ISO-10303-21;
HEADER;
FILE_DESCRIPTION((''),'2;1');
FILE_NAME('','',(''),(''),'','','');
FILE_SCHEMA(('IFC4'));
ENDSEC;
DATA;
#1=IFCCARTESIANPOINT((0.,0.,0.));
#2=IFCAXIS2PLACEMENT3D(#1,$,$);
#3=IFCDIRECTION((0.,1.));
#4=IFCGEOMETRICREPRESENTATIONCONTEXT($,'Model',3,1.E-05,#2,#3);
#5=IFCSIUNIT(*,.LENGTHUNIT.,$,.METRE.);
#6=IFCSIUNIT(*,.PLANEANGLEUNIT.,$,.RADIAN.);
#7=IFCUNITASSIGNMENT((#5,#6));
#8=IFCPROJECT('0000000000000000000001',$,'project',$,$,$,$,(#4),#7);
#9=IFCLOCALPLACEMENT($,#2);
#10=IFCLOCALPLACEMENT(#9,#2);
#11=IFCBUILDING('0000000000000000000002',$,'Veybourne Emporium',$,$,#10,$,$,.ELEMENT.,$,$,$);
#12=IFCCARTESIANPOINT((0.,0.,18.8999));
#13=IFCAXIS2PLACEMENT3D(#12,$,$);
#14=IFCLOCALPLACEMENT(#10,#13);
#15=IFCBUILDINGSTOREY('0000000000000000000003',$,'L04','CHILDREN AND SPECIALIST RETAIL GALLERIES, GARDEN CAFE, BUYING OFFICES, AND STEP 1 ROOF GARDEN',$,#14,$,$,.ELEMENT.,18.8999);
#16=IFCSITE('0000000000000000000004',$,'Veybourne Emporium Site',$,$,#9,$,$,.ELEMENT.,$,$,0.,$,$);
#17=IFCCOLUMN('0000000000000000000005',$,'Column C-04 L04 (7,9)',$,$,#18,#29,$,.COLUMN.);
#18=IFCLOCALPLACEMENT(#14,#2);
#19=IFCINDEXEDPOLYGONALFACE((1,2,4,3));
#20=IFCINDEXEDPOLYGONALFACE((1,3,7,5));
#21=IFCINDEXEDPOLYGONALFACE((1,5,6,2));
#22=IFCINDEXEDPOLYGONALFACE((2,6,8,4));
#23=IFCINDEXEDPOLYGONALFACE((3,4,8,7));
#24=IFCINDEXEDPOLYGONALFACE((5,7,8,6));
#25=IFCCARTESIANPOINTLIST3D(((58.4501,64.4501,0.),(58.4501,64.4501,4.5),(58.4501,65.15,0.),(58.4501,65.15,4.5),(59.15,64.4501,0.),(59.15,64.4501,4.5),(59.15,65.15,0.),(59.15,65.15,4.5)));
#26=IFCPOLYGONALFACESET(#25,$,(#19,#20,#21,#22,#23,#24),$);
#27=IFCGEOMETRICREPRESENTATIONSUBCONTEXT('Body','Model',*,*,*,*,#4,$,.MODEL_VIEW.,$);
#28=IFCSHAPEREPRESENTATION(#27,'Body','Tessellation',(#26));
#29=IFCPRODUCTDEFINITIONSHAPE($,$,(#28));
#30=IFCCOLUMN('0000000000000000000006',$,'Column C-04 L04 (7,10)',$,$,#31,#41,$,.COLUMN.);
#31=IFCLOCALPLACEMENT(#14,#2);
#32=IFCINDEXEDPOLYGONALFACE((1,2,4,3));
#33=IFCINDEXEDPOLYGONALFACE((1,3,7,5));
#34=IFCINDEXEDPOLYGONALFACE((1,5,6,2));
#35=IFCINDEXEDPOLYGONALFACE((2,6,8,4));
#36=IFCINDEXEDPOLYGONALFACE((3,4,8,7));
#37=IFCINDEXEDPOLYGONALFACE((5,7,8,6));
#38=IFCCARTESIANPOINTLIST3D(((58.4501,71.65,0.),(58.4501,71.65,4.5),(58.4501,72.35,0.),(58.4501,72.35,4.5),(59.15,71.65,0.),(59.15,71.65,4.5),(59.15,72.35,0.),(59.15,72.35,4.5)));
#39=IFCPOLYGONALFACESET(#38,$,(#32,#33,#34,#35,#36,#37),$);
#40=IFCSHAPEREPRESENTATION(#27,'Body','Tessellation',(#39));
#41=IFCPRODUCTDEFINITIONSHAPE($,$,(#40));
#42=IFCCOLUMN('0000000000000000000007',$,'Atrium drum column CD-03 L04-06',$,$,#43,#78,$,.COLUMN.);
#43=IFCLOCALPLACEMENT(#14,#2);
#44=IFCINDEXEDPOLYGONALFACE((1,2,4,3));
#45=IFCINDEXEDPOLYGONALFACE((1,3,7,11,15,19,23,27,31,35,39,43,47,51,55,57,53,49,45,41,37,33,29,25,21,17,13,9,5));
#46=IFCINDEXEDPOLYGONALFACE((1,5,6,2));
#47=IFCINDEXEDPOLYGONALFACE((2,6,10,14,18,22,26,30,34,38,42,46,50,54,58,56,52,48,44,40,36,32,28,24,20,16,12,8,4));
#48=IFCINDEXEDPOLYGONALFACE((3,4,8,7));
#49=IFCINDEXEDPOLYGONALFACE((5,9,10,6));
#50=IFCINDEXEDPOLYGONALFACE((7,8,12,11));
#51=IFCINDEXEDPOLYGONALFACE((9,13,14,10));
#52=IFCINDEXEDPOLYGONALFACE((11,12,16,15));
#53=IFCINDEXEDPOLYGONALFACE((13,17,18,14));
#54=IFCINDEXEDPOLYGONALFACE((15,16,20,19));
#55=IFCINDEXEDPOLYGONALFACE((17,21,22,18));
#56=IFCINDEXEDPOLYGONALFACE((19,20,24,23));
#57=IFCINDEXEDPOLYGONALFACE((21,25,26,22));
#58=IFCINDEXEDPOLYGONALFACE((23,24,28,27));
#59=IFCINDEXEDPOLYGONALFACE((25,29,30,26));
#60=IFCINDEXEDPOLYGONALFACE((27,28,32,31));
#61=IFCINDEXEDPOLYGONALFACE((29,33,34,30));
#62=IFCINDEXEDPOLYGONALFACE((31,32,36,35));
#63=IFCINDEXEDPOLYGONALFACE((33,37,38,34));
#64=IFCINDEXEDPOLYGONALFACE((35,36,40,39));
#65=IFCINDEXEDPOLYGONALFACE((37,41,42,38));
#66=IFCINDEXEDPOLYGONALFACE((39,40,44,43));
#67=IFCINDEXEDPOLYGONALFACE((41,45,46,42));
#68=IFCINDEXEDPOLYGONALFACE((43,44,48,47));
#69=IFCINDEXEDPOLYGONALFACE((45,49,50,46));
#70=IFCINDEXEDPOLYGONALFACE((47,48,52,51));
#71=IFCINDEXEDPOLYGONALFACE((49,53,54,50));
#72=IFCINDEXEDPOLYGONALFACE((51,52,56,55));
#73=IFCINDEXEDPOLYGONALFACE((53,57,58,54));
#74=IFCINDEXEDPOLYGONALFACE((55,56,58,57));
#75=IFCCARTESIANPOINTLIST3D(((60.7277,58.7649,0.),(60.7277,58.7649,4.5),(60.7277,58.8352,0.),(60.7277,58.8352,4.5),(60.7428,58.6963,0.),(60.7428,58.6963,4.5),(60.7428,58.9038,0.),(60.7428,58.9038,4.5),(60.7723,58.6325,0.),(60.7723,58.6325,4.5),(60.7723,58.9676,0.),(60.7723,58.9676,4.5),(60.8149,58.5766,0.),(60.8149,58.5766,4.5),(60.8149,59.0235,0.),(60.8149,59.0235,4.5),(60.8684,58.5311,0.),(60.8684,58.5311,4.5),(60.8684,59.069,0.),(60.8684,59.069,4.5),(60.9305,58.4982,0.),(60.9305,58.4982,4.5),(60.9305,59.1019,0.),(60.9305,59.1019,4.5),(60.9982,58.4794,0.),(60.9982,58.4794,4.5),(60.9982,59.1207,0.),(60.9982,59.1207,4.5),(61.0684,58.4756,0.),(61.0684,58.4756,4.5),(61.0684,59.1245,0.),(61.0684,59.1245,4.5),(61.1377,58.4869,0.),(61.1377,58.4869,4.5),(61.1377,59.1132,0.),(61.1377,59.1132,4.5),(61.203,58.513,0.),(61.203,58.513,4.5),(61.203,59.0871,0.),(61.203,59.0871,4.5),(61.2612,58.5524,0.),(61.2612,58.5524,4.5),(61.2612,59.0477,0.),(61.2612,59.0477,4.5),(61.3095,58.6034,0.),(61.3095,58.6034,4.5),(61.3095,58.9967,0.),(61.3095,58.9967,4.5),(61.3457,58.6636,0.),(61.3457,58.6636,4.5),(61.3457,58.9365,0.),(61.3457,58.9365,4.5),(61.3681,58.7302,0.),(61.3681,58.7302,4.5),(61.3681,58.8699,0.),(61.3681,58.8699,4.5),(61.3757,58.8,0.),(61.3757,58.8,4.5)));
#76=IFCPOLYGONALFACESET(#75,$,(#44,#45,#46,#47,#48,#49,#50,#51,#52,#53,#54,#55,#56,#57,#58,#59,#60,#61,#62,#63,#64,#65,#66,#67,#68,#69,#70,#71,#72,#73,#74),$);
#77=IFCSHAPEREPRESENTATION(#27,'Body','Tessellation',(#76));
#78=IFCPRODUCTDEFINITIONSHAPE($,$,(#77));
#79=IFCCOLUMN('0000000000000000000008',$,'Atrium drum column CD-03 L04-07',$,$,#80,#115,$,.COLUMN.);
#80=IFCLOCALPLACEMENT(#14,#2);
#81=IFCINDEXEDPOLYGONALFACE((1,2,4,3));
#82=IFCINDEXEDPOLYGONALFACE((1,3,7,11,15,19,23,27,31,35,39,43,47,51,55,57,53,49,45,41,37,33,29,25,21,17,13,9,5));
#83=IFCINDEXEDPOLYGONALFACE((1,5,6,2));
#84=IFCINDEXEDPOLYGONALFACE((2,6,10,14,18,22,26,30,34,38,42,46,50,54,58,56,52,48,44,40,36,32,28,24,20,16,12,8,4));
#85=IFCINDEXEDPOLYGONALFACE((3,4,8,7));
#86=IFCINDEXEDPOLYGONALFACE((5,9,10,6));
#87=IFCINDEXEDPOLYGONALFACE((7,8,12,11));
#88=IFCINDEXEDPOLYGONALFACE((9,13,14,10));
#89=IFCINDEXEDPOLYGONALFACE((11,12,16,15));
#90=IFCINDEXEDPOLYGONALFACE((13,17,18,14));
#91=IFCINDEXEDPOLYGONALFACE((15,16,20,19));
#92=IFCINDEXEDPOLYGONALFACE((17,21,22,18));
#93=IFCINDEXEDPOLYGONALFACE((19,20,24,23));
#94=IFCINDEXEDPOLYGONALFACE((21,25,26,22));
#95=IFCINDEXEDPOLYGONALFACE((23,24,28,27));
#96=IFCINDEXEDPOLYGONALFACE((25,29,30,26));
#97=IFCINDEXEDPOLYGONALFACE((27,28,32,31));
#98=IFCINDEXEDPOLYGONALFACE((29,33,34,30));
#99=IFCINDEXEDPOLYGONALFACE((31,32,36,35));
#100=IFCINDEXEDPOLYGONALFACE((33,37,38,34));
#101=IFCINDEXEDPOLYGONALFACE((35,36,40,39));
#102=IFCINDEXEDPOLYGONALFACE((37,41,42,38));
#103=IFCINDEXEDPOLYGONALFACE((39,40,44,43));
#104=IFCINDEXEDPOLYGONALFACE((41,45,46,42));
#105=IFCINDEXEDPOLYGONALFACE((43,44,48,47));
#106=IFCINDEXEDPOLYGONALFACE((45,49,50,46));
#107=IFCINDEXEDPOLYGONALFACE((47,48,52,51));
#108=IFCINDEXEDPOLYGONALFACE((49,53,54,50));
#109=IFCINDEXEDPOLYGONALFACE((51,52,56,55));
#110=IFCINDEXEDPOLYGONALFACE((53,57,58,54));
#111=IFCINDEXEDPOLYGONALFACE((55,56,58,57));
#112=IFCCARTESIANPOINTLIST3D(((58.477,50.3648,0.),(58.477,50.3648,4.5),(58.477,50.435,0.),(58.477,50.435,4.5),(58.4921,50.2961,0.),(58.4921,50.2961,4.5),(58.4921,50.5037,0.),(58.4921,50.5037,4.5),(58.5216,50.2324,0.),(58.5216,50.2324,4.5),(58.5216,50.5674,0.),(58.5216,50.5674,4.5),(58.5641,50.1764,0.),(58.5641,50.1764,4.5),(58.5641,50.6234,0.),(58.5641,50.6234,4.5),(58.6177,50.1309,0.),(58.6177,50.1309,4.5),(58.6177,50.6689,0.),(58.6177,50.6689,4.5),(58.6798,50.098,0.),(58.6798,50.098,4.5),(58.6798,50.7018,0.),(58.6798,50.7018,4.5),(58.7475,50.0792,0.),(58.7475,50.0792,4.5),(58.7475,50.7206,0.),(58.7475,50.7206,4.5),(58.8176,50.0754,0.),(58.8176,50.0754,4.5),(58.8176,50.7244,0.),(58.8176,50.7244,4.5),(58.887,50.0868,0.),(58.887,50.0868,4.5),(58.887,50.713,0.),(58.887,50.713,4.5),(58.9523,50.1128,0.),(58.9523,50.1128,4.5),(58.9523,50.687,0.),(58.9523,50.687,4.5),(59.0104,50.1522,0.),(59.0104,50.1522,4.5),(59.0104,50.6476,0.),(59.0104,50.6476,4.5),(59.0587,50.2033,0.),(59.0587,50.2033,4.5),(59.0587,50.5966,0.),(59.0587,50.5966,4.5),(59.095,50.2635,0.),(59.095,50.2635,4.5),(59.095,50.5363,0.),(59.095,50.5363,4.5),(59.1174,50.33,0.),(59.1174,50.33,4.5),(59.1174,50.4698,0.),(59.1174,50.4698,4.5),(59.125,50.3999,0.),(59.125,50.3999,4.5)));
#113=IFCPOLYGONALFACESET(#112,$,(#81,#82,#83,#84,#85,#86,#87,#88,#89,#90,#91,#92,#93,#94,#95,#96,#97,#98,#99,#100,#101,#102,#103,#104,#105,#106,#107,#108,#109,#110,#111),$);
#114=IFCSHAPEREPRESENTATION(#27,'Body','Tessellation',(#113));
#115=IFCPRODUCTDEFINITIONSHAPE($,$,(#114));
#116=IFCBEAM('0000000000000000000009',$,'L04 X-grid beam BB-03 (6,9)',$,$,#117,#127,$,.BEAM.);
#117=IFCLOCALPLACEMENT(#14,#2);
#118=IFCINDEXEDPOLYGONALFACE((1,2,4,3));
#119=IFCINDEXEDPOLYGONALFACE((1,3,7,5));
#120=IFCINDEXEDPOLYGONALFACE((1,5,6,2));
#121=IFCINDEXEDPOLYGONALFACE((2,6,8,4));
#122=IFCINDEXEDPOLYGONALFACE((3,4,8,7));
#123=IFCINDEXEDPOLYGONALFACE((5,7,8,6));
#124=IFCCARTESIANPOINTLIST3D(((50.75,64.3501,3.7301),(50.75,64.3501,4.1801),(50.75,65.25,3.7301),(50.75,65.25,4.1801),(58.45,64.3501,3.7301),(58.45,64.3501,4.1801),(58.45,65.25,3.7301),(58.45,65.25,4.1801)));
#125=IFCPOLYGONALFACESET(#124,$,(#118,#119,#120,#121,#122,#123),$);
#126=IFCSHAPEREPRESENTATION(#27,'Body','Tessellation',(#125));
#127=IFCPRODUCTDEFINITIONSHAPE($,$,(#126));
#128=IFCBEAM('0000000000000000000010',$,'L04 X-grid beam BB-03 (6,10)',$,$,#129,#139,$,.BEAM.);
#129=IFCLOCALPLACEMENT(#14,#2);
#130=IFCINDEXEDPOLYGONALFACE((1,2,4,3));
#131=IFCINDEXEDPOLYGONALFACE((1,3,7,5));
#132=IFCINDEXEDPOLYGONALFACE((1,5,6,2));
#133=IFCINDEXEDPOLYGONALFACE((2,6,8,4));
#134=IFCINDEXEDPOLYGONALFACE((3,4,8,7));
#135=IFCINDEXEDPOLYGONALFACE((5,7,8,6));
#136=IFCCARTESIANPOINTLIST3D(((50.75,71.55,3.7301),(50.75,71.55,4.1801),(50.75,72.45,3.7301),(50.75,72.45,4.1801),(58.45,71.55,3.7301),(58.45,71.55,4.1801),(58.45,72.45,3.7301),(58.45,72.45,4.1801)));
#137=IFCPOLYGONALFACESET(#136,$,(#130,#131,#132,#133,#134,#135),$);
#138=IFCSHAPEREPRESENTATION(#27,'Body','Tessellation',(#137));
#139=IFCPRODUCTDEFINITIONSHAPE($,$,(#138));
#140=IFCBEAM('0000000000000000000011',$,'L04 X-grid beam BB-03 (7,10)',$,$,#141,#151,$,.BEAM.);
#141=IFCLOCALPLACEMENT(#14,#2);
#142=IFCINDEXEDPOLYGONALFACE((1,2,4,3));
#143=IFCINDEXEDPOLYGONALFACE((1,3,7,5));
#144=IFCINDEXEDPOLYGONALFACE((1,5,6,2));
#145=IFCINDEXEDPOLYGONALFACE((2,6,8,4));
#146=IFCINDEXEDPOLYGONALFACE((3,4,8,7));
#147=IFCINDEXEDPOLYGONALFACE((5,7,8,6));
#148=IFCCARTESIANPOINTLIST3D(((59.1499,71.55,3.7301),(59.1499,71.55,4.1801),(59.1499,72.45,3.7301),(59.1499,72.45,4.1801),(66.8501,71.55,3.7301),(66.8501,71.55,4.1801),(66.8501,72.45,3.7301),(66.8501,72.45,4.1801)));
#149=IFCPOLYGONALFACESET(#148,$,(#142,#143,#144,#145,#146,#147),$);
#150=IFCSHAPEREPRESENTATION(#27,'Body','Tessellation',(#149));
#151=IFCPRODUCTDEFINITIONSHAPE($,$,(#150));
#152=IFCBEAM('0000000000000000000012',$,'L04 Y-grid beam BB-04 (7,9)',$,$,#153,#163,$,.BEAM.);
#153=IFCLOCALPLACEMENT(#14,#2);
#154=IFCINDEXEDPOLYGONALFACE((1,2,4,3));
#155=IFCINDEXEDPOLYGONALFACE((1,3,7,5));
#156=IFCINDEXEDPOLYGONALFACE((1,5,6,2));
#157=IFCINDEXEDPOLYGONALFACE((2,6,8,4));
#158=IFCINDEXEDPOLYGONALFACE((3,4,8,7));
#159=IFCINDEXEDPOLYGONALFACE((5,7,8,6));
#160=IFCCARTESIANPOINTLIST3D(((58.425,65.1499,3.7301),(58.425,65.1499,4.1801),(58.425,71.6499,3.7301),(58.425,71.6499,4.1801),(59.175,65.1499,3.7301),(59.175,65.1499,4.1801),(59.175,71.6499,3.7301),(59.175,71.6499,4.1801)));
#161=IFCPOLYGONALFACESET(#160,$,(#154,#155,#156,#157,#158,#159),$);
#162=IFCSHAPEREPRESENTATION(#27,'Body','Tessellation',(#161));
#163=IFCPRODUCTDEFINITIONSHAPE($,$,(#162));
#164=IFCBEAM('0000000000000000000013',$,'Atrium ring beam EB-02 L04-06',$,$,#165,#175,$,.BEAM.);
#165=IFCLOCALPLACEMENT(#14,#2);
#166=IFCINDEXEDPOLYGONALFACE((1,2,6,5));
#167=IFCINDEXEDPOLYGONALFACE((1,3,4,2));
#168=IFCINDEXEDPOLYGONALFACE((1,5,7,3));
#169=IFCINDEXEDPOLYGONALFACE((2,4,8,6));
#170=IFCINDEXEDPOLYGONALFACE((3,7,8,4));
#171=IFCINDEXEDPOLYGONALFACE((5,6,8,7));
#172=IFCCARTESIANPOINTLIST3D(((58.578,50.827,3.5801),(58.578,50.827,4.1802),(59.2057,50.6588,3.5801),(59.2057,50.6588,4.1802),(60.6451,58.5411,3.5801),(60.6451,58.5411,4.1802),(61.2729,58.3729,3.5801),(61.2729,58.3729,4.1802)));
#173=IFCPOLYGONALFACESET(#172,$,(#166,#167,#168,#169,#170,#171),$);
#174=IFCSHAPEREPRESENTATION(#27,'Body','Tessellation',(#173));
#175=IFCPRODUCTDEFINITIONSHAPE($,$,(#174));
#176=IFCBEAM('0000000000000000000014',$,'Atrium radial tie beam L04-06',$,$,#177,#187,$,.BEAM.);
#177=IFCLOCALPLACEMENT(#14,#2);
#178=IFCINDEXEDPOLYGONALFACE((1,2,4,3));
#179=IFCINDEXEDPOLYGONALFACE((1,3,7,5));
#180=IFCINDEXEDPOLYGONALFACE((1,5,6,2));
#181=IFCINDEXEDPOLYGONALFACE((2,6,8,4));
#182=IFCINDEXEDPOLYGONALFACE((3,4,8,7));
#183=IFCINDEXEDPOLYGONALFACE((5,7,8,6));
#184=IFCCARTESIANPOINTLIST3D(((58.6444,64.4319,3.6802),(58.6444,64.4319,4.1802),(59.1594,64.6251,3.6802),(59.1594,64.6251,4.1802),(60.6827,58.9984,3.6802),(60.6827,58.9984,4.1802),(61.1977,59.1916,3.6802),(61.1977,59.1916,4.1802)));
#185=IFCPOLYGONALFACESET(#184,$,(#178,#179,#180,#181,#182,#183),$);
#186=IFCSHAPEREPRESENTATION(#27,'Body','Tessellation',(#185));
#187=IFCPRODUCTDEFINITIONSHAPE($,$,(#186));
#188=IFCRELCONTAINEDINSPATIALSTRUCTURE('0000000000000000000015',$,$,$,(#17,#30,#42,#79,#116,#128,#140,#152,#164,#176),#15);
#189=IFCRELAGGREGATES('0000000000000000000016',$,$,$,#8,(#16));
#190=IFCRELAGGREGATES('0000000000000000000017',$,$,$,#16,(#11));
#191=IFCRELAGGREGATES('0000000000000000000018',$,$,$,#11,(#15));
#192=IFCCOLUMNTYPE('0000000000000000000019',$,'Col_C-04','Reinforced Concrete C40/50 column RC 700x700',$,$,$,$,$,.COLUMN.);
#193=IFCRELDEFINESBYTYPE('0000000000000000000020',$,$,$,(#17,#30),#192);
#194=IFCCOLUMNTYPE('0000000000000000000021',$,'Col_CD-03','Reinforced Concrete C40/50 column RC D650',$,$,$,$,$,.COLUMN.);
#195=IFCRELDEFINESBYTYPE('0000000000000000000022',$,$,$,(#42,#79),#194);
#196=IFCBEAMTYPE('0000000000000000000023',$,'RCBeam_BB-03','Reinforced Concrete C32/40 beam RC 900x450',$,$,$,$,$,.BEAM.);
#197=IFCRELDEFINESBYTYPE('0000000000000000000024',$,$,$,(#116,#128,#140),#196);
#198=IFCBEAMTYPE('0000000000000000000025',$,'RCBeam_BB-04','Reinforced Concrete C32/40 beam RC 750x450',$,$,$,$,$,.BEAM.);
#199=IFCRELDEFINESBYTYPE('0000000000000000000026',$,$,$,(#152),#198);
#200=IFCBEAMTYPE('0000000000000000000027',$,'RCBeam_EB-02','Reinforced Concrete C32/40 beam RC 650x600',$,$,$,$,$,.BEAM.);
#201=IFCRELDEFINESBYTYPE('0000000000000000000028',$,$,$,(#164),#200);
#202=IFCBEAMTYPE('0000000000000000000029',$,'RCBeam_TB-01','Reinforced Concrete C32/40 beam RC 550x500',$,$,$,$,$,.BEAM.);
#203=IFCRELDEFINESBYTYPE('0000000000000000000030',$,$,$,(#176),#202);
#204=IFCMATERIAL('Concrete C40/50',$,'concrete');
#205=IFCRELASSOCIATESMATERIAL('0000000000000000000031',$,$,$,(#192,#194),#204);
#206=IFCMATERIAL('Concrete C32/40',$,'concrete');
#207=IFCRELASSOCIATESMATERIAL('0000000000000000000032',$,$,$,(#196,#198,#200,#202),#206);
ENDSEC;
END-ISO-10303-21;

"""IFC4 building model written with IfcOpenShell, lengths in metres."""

from ifc_helpers import new_model, si_unit, direction, frame, origin, origin_2d, place, context, subcontext, project, spatial, rectangle, circle, extrude, material, material_profile, profile_set, type_object, element, save


model = new_model("IFC4")

# Units and contexts
model_context = context("Model", 3, precision=1e-05, world=origin(), true_north=direction((0.0, 1.0)))
body_context = subcontext(model_context, "Body", "Model", "MODEL_VIEW")
ifc_project = project(units=[si_unit("LENGTHUNIT", "METRE"), si_unit("PLANEANGLEUNIT", "RADIAN")], contexts=[model_context])

# Site, building, storey
site_placement = place(None, origin())
site = spatial("IfcSite", under=ifc_project, at=site_placement, Name="Veybourne Emporium Site", CompositionType="ELEMENT", RefElevation=0.0)
building_placement = place(site_placement, origin())
building = spatial("IfcBuilding", under=site, at=building_placement, Name="Veybourne Emporium", CompositionType="ELEMENT")
storey_placement = place(building_placement, frame((0.0, 0.0, 18.8999)))
storey = spatial("IfcBuildingStorey", under=building, at=storey_placement, Name="L04", Description="CHILDREN AND SPECIALIST RETAIL GALLERIES, GARDEN CAFE, BUYING OFFICES, AND STEP 1 ROOF GARDEN", CompositionType="ELEMENT", Elevation=18.8999)

# Columns
ifc_material_1 = material(Name="Concrete C40/50", Category="concrete")
ifc_material_profile_1 = material_profile(ifc_material_1, rectangle(XDim=0.7, YDim=0.7, at=origin_2d()), Name="RC 700x700")
ifc_profile_set_1 = profile_set([ifc_material_profile_1], Name="Concrete C40/50")
column_type_1 = type_object("IfcColumnType", Name="Col_C-04", Description="Reinforced Concrete C40/50 column RC 700x700", PredefinedType="COLUMN", material=ifc_profile_set_1)
for number, where, z_axis, x_axis, name in (
    (1, (58.8, 64.8, 0.0), (0.0, 0.0, 1.0), (1.0, 0.0, 0.0), "Column C-04 L04 (7,9)"),
    (2, (58.8, 72.0, 0.0), (0.0, 0.0, 1.0), (1.0, 0.0, 0.0), "Column C-04 L04 (7,10)"),
):
    element("IfcColumn", number, at=place(storey_placement, frame(where, z_axis=z_axis, x_axis=x_axis)), inside=storey, type_object=column_type_1, Name=name, PredefinedType="COLUMN", context=body_context, shape_type="SweptSolid", body=[
        extrude(rectangle(XDim=0.7, YDim=0.7, at=origin_2d()), origin(), (0.0, 0.0, 1.0), 4.5),
    ])
ifc_material_profile_2 = material_profile(ifc_material_1, circle(Radius=0.325, at=origin_2d()), Name="RC D650")
ifc_profile_set_2 = profile_set([ifc_material_profile_2], Name="Concrete C40/50")
column_type_2 = type_object("IfcColumnType", Name="Col_CD-03", Description="Reinforced Concrete C40/50 column RC D650", PredefinedType="COLUMN", material=ifc_profile_set_2)
for number, where, z_axis, x_axis, name in (
    (3, (61.0508, 58.8, 0.0), (0.0, 0.0, 1.0), (1.0, 0.0, 0.0), "Atrium drum column CD-03 L04-06"),
    (4, (58.8, 50.3999, 0.0), (0.0, 0.0, 1.0), (1.0, 0.0, 0.0), "Atrium drum column CD-03 L04-07"),
):
    element("IfcColumn", number, at=place(storey_placement, frame(where, z_axis=z_axis, x_axis=x_axis)), inside=storey, type_object=column_type_2, Name=name, PredefinedType="COLUMN", context=body_context, shape_type="SweptSolid", body=[
        extrude(circle(Radius=0.325, at=origin_2d()), origin(), (0.0, 0.0, 1.0), 4.5),
    ])

# Beams
ifc_material_2 = material(Name="Concrete C32/40", Category="concrete")
ifc_material_profile_3 = material_profile(ifc_material_2, rectangle(XDim=0.8999, YDim=0.45, at=origin_2d()), Name="RC 900x450")
ifc_profile_set_3 = profile_set([ifc_material_profile_3], Name="Concrete C32/40")
beam_type_1 = type_object("IfcBeamType", Name="RCBeam_BB-03", Description="Reinforced Concrete C32/40 beam RC 900x450", PredefinedType="BEAM", material=ifc_profile_set_3)
for number, where, z_axis, x_axis, name in (
    (5, (50.75, 64.8, 3.9551), (1.0, 0.0, 0.0), (0.0, 1.0, 0.0), "L04 X-grid beam BB-03 (6,9)"),
    (6, (50.75, 72.0, 3.9551), (1.0, 0.0, 0.0), (0.0, 1.0, 0.0), "L04 X-grid beam BB-03 (6,10)"),
):
    element("IfcBeam", number, at=place(storey_placement, frame(where, z_axis=z_axis, x_axis=x_axis)), inside=storey, type_object=beam_type_1, Name=name, PredefinedType="BEAM", context=body_context, shape_type="SweptSolid", body=[
        extrude(rectangle(XDim=0.8999, YDim=0.45, at=origin_2d()), origin(), (0.0, 0.0, 1.0), 7.7),
    ])
beam_1_placement = place(storey_placement, frame((59.1499, 72.0, 3.9551), z_axis=(1.0, 0.0, 0.0), x_axis=(0.0, 1.0, 0.0)))
element("IfcBeam", 7, at=beam_1_placement, inside=storey, type_object=beam_type_1, Name="L04 X-grid beam BB-03 (7,10)", PredefinedType="BEAM", context=body_context, shape_type="SweptSolid", body=[
    extrude(rectangle(XDim=0.8999, YDim=0.45, at=origin_2d()), origin(), (0.0, 0.0, 1.0), 7.7002),
])
ifc_material_profile_4 = material_profile(ifc_material_2, rectangle(XDim=0.75, YDim=0.45, at=origin_2d()), Name="RC 750x450")
ifc_profile_set_4 = profile_set([ifc_material_profile_4], Name="Concrete C32/40")
beam_type_2 = type_object("IfcBeamType", Name="RCBeam_BB-04", Description="Reinforced Concrete C32/40 beam RC 750x450", PredefinedType="BEAM", material=ifc_profile_set_4)
beam_2_placement = place(storey_placement, frame((58.8, 65.1499, 3.9551), z_axis=(0.0, 1.0, 0.0), x_axis=(-1.0, 0.0, 0.0)))
element("IfcBeam", 8, at=beam_2_placement, inside=storey, type_object=beam_type_2, Name="L04 Y-grid beam BB-04 (7,9)", PredefinedType="BEAM", context=body_context, shape_type="SweptSolid", body=[
    extrude(rectangle(XDim=0.75, YDim=0.45, at=origin_2d()), origin(), (0.0, 0.0, 1.0), 6.5),
])
ifc_material_profile_5 = material_profile(ifc_material_2, rectangle(XDim=0.6499, YDim=0.6001, at=origin_2d()), Name="RC 650x600")
ifc_profile_set_5 = profile_set([ifc_material_profile_5], Name="Concrete C32/40")
beam_type_3 = type_object("IfcBeamType", Name="RCBeam_EB-02", Description="Reinforced Concrete C32/40 beam RC 650x600", PredefinedType="BEAM", material=ifc_profile_set_5)
beam_3_placement = place(storey_placement, frame((60.959, 58.457, 3.8801), z_axis=(-0.258836, -0.965921, 0.0), x_axis=(0.965921, -0.258836, 0.0)))
element("IfcBeam", 9, at=beam_3_placement, inside=storey, type_object=beam_type_3, Name="Atrium ring beam EB-02 L04-06", PredefinedType="BEAM", context=body_context, shape_type="SweptSolid", body=[
    extrude(rectangle(XDim=0.6499, YDim=0.6001, at=origin_2d()), origin(), (0.0, 0.0, 1.0), 7.9863),
])
ifc_material_profile_6 = material_profile(ifc_material_2, rectangle(XDim=0.55, YDim=0.5, at=origin_2d()), Name="RC 550x500")
ifc_profile_set_6 = profile_set([ifc_material_profile_6], Name="Concrete C32/40")
beam_type_4 = type_object("IfcBeamType", Name="RCBeam_TB-01", Description="Reinforced Concrete C32/40 beam RC 550x500", PredefinedType="BEAM", material=ifc_profile_set_6)
beam_4_placement = place(storey_placement, frame((60.9402, 59.095, 3.9302), z_axis=(-0.351234, 0.936288, 0.0), x_axis=(-0.936288, -0.351234, 0.0)))
element("IfcBeam", 10, at=beam_4_placement, inside=storey, type_object=beam_type_4, Name="Atrium radial tie beam L04-06", PredefinedType="BEAM", context=body_context, shape_type="SweptSolid", body=[
    extrude(rectangle(XDim=0.55, YDim=0.5, at=origin_2d()), origin(), (0.0, 0.0, 1.0), 5.8032),
])

save(model, "model.ifc")
